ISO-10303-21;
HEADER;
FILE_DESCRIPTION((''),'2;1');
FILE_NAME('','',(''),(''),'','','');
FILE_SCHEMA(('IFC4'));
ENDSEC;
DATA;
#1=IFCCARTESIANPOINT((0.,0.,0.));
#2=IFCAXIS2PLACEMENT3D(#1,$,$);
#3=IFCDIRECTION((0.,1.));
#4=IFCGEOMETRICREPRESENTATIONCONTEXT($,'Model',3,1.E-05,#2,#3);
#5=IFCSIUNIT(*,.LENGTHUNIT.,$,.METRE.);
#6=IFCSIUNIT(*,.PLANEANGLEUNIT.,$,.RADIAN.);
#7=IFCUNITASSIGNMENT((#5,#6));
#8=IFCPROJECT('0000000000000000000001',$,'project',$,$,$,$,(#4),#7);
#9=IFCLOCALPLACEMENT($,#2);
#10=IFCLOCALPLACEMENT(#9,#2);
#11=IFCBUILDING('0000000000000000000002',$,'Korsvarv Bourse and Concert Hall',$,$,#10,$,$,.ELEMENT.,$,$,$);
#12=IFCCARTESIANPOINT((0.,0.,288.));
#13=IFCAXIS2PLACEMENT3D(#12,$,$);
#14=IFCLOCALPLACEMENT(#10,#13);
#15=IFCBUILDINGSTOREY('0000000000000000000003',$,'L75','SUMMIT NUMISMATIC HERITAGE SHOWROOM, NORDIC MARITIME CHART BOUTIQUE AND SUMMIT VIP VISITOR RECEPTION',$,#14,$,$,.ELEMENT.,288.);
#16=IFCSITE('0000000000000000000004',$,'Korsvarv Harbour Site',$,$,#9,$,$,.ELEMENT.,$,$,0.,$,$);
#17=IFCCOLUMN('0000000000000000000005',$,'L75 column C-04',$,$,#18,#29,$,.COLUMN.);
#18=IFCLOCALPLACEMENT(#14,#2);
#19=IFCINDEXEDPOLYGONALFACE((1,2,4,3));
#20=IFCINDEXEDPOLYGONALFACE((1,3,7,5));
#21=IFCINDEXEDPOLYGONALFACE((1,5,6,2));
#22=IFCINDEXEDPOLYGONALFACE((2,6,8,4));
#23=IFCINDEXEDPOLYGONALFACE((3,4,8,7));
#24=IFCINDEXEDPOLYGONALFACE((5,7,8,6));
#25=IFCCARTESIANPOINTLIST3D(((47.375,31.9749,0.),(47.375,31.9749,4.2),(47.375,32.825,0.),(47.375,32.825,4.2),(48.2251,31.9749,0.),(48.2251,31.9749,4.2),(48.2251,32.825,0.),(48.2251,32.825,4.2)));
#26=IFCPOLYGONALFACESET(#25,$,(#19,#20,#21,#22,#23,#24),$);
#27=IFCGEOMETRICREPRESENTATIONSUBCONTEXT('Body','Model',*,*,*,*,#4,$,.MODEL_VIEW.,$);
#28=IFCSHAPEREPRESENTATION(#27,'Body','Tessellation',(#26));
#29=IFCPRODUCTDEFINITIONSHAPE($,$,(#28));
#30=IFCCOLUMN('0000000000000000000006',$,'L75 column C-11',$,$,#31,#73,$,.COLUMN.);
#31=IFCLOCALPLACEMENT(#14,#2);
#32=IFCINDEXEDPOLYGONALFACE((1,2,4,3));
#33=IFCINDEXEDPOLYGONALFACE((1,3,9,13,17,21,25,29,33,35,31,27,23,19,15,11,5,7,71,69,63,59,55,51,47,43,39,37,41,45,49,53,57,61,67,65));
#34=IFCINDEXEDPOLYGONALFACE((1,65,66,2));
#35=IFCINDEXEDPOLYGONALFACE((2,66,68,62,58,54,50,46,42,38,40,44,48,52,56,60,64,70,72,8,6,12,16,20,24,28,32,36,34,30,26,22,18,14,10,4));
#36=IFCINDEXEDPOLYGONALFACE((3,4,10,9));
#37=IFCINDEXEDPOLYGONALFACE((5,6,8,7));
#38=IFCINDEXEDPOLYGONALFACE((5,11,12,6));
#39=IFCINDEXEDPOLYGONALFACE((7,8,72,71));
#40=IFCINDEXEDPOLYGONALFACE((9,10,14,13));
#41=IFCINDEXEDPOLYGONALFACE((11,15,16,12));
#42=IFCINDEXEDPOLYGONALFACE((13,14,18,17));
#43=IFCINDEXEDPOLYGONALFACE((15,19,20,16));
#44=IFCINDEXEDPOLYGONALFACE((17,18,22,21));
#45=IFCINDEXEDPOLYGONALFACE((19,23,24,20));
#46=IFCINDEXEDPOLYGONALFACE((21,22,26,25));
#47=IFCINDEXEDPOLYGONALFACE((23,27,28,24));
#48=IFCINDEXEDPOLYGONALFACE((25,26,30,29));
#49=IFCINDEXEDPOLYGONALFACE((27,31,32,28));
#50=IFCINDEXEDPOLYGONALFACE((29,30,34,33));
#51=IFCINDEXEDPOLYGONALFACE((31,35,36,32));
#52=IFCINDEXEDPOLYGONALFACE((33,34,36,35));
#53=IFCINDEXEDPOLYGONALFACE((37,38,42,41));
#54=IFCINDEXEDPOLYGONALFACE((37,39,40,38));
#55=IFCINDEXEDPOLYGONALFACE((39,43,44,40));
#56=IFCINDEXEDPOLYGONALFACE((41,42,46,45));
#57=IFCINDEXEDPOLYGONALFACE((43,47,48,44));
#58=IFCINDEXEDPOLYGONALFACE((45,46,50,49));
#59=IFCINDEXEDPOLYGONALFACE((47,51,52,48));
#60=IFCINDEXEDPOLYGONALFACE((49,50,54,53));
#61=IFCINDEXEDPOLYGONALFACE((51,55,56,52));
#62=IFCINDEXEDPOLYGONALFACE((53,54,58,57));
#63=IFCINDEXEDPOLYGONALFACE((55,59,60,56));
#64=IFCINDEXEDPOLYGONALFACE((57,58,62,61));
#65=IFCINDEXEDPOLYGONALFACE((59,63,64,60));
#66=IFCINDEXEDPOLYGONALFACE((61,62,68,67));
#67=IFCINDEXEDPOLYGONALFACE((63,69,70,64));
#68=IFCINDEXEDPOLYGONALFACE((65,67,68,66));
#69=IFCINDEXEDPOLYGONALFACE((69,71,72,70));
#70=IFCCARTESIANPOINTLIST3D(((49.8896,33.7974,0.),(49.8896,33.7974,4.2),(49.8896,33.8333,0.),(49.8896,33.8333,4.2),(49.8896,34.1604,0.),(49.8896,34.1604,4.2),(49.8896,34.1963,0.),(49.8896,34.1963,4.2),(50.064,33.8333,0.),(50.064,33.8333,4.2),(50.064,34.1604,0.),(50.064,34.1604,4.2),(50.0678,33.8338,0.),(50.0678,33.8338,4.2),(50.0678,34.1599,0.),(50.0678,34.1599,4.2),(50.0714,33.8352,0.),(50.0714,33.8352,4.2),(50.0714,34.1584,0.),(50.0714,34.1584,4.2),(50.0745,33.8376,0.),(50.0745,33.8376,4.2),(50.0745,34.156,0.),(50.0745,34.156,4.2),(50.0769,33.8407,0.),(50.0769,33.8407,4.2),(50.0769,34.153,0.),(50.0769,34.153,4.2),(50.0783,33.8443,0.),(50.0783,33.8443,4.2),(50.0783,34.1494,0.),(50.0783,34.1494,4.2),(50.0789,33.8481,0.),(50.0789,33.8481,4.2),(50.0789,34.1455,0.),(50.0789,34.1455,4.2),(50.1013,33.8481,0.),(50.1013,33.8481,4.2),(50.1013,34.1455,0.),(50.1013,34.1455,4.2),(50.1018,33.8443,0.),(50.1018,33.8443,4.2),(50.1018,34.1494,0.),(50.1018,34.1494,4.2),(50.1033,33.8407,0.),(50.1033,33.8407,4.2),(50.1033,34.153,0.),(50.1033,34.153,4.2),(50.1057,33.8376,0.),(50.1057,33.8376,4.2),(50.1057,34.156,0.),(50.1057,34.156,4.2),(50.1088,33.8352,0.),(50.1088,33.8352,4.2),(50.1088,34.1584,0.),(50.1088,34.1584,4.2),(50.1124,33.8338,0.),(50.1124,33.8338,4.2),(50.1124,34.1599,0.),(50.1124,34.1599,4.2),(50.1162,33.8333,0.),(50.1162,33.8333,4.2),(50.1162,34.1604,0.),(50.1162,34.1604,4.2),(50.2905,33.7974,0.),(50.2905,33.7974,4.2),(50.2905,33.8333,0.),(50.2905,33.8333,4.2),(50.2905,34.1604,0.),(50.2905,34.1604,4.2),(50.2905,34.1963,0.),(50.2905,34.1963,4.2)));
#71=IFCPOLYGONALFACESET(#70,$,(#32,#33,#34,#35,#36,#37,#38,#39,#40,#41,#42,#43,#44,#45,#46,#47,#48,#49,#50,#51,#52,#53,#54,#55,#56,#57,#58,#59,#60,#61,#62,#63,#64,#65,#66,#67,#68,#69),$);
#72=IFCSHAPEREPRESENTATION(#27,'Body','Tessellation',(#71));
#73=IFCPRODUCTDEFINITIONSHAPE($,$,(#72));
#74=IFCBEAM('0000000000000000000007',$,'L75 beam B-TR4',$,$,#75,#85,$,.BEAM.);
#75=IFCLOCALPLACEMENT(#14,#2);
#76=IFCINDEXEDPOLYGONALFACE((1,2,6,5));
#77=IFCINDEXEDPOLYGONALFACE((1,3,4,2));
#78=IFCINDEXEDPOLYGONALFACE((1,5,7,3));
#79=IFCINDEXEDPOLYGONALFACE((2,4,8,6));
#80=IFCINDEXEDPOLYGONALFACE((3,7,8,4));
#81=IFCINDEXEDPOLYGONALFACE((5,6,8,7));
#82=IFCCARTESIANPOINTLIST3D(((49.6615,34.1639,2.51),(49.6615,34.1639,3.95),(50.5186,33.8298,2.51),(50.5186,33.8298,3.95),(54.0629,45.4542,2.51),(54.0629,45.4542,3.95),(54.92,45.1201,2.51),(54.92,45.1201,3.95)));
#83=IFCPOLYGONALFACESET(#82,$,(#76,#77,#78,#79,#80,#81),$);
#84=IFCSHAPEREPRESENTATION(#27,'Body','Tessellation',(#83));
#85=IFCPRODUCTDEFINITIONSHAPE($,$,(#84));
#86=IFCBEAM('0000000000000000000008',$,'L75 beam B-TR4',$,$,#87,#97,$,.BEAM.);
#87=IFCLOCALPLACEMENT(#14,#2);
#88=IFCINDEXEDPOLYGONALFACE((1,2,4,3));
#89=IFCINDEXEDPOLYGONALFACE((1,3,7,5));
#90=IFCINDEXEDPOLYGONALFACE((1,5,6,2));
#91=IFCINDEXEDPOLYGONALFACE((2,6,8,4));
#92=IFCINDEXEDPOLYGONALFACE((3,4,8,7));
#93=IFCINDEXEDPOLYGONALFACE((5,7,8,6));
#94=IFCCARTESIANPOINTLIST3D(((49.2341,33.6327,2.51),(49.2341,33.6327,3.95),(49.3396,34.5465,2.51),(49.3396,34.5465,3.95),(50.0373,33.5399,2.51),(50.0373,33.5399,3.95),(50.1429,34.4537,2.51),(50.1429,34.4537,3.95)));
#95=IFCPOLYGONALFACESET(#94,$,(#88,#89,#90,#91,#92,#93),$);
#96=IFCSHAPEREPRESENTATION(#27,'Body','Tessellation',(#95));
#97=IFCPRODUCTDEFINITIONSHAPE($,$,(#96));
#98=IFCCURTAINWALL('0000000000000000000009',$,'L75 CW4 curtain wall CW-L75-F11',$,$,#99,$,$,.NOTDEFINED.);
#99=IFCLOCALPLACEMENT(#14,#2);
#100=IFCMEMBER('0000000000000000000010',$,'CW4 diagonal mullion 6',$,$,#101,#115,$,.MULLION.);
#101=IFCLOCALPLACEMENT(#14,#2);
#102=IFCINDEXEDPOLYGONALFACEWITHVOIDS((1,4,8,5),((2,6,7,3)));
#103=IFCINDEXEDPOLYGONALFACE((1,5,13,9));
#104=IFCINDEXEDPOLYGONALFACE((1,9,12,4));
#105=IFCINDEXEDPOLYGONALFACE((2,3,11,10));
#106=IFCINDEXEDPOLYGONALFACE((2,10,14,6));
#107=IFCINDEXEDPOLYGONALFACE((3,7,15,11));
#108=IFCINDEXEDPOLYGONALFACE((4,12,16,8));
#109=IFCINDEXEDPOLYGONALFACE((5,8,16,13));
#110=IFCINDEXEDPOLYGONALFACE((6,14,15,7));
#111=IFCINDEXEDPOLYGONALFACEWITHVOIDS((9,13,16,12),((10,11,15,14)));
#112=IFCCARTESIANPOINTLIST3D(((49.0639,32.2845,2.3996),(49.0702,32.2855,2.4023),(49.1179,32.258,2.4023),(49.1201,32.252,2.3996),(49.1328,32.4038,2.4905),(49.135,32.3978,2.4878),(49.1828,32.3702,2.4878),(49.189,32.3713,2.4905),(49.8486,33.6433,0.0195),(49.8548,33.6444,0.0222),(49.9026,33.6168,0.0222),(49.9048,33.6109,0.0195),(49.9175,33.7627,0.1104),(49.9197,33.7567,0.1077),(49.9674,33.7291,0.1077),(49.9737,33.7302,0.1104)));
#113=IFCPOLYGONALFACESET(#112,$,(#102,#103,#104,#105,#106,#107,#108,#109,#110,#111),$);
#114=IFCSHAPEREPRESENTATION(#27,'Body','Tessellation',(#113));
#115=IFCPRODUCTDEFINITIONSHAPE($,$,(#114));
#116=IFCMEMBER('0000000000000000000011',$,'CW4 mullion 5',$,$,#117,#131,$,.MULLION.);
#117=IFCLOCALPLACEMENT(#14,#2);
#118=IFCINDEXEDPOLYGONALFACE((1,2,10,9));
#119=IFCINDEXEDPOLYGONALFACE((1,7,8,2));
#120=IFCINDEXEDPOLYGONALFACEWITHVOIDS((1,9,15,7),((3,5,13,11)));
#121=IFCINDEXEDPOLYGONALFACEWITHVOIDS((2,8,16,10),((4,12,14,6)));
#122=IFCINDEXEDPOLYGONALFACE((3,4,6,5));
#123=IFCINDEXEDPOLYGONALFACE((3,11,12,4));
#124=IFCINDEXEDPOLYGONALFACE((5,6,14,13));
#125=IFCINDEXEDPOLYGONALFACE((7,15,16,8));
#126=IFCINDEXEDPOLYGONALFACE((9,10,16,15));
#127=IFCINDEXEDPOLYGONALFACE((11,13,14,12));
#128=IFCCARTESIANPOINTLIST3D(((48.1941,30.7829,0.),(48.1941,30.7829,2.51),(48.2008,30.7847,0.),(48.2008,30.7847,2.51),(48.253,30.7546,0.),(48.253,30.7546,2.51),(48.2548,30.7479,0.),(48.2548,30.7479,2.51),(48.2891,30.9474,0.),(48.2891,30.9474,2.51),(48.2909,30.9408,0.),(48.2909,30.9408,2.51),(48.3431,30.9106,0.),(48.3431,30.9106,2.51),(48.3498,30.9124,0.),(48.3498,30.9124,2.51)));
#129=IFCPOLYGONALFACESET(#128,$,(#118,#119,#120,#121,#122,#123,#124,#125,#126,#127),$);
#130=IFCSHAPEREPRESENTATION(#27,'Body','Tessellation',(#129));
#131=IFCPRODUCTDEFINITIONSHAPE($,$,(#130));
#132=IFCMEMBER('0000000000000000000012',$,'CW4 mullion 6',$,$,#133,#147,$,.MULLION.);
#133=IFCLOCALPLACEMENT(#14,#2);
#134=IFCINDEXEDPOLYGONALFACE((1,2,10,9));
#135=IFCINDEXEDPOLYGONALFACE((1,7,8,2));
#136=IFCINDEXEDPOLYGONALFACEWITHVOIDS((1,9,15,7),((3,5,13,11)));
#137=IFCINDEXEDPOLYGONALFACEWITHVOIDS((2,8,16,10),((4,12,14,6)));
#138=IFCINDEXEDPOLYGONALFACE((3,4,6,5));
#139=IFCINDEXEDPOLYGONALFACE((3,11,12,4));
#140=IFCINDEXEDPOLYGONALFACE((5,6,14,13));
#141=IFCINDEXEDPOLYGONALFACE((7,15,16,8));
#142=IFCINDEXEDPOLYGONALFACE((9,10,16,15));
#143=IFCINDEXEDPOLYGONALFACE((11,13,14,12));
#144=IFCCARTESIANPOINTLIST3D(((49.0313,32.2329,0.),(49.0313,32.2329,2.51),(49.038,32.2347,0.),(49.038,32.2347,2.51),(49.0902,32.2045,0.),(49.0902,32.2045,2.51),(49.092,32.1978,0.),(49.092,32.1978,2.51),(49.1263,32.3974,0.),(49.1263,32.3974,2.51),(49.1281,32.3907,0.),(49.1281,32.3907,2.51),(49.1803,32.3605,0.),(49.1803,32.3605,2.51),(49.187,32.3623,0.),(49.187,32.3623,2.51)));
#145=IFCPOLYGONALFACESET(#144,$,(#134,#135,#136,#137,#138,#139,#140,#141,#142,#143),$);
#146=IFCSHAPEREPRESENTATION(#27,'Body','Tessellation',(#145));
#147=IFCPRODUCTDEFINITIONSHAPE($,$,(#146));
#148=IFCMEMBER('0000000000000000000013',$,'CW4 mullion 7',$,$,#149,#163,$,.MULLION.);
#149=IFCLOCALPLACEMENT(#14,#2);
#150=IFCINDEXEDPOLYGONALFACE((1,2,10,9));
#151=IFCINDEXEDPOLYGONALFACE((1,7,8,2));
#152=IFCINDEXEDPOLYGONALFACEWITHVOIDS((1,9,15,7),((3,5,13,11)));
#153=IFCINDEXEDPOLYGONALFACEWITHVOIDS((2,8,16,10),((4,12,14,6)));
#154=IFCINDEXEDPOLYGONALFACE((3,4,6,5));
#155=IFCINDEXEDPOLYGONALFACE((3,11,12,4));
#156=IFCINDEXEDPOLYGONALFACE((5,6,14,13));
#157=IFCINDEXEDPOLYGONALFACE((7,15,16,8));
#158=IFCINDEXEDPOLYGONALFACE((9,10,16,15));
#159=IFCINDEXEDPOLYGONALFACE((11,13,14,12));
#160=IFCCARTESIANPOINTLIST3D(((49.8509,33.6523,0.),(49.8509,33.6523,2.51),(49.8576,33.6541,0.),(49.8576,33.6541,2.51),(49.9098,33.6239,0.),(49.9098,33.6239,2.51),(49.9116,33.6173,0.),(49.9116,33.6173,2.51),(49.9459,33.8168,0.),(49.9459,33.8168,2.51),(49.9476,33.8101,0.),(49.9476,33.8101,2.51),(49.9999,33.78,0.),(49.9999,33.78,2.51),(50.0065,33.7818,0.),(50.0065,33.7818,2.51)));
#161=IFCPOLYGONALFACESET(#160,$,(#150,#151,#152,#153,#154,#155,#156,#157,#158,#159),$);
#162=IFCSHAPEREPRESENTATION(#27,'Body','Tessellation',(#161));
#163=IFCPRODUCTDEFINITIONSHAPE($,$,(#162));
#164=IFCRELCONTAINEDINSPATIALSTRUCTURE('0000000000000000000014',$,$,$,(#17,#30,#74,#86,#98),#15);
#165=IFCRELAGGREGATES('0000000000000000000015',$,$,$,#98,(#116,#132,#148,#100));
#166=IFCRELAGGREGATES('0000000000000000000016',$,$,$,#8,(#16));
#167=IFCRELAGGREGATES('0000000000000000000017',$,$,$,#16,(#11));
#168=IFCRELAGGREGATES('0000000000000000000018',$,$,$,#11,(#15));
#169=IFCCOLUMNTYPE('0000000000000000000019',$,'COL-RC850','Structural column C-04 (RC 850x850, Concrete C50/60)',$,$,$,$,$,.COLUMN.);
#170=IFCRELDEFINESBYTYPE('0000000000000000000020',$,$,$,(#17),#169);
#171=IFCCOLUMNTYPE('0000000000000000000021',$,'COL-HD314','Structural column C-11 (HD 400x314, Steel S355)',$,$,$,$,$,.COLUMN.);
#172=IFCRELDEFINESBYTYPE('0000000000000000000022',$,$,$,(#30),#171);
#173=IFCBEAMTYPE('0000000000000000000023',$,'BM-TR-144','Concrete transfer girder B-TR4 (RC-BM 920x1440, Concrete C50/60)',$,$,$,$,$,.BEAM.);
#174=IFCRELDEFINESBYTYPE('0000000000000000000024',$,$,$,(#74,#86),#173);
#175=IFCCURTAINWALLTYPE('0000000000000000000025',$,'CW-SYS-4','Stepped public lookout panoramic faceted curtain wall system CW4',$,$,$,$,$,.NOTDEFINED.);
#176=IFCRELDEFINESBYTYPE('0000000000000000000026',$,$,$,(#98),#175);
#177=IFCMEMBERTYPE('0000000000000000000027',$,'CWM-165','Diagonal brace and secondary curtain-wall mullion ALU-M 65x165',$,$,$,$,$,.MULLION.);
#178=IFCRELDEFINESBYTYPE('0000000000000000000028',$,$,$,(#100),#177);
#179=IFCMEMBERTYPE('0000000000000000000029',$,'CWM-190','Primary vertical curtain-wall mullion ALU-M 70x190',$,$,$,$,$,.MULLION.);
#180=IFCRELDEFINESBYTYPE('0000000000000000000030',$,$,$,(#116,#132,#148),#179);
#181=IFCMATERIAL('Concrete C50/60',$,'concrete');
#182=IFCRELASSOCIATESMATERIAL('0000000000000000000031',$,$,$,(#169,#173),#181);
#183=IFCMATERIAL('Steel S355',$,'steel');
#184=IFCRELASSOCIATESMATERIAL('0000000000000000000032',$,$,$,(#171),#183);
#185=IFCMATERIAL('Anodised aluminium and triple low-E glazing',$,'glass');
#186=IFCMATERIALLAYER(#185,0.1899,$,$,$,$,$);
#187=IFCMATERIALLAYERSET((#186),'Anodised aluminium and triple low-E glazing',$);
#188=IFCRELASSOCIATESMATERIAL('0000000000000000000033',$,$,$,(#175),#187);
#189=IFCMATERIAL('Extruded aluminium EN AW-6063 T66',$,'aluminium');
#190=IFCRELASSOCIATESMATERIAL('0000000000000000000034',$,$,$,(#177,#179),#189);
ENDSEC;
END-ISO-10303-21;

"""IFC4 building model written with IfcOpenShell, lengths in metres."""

from ifc_helpers import new_model, si_unit, direction, frame, origin, origin_2d, place, context, subcontext, project, spatial, rectangle, hollow_rectangle, i_section, extrude, source, transform, mapped, material, layer, layer_set, material_profile, profile_set, type_object, element, aggregate, save


model = new_model("IFC4")

# Units and contexts
model_context = context("Model", 3, precision=1e-05, world=origin(), true_north=direction((0.0, 1.0)))
body_context = subcontext(model_context, "Body", "Model", "MODEL_VIEW")
ifc_project = project(units=[si_unit("LENGTHUNIT", "METRE"), si_unit("PLANEANGLEUNIT", "RADIAN")], contexts=[model_context])

# Site, building, storey
site_placement = place(None, origin())
site = spatial("IfcSite", under=ifc_project, at=site_placement, Name="Korsvarv Harbour Site", CompositionType="ELEMENT", RefElevation=0.0)
building_placement = place(site_placement, origin())
building = spatial("IfcBuilding", under=site, at=building_placement, Name="Korsvarv Bourse and Concert Hall", CompositionType="ELEMENT")
storey_placement = place(building_placement, frame((0.0, 0.0, 288.0)))
storey = spatial("IfcBuildingStorey", under=building, at=storey_placement, Name="L75", Description="SUMMIT NUMISMATIC HERITAGE SHOWROOM, NORDIC MARITIME CHART BOUTIQUE AND SUMMIT VIP VISITOR RECEPTION", CompositionType="ELEMENT", Elevation=288.0)

# Columns
ifc_material_1 = material(Name="Concrete C50/60", Category="concrete")
ifc_material_profile_1 = material_profile(ifc_material_1, rectangle(XDim=0.8501, YDim=0.8501, at=origin_2d()), Name="RC 850x850")
ifc_profile_set_1 = profile_set([ifc_material_profile_1], Name="Concrete C50/60")
column_type_1 = type_object("IfcColumnType", Name="COL-RC850", Description="Structural column C-04 (RC 850x850, Concrete C50/60)", PredefinedType="COLUMN", material=ifc_profile_set_1)
shared_shape_1 = source(origin(), body_context, "Body", "SweptSolid", [
    extrude(rectangle(XDim=0.8501, YDim=0.8501, at=origin_2d()), origin(), (0.0, 0.0, 1.0), 4.2),
])
column_1_placement = place(storey_placement, frame((47.8, 32.3999, 0.0), z_axis=(0.0, 0.0, 1.0), x_axis=(1.0, 0.0, 0.0)))
element("IfcColumn", 1, at=column_1_placement, inside=storey, type_object=column_type_1, Name="L75 column C-04", PredefinedType="COLUMN", context=body_context, shape_type="MappedRepresentation", body=[
    mapped(shared_shape_1, transform((0.0, 0.0, 0.0), scale=1.0)),
])
ifc_material_2 = material(Name="Steel S355", Category="steel")
ifc_material_profile_2 = material_profile(ifc_material_2, i_section(OverallWidth=0.4009, OverallDepth=0.3989, WebThickness=0.0225, FlangeThickness=0.0359, FilletRadius=0.0149, at=origin_2d()), Name="HD 400x314")
ifc_profile_set_2 = profile_set([ifc_material_profile_2], Name="Steel S355")
column_type_2 = type_object("IfcColumnType", Name="COL-HD314", Description="Structural column C-11 (HD 400x314, Steel S355)", PredefinedType="COLUMN", material=ifc_profile_set_2)
shared_shape_2 = source(origin(), body_context, "Body", "SweptSolid", [
    extrude(i_section(OverallWidth=0.4009, OverallDepth=0.3989, WebThickness=0.0225, FlangeThickness=0.0359, FilletRadius=0.0149, at=origin_2d()), origin(), (0.0, 0.0, 1.0), 4.2),
])
column_2_placement = place(storey_placement, frame((50.0901, 33.9968, 0.0), z_axis=(0.0, 0.0, 1.0), x_axis=(1.0, 0.0, 0.0)))
element("IfcColumn", 2, at=column_2_placement, inside=storey, type_object=column_type_2, Name="L75 column C-11", PredefinedType="COLUMN", context=body_context, shape_type="MappedRepresentation", body=[
    mapped(shared_shape_2, transform((0.0, 0.0, 0.0), scale=1.0)),
])

# Beams
ifc_material_profile_3 = material_profile(ifc_material_1, rectangle(XDim=0.9199, YDim=1.4399, at=origin_2d()), Name="RC-BM 920x1440")
ifc_profile_set_3 = profile_set([ifc_material_profile_3], Name="Concrete C50/60")
beam_type = type_object("IfcBeamType", Name="BM-TR-144", Description="Concrete transfer girder B-TR4 (RC-BM 920x1440, Concrete C50/60)", PredefinedType="BEAM", material=ifc_profile_set_3)
shared_shape_3 = source(origin(), body_context, "Body", "SweptSolid", [
    extrude(rectangle(XDim=0.9199, YDim=1.4399, at=origin_2d()), origin(), (0.0, 0.0, 1.0), 12.1179),
])
beam_1_placement = place(storey_placement, frame((50.0901, 33.9968, 3.23), z_axis=(0.363213, 0.931706, 0.0), x_axis=(-0.931706, 0.363213, 0.0)))
element("IfcBeam", 3, at=beam_1_placement, inside=storey, type_object=beam_type, Name="L75 beam B-TR4", PredefinedType="BEAM", context=body_context, shape_type="MappedRepresentation", body=[
    mapped(shared_shape_3, transform((0.0, 0.0, 0.0), scale=1.0)),
])
shared_shape_4 = source(origin(), body_context, "Body", "SweptSolid", [
    extrude(rectangle(XDim=0.9199, YDim=1.4399, at=origin_2d()), origin(), (0.0, 0.0, 1.0), 0.8086),
])
beam_2_placement = place(storey_placement, frame((50.0901, 33.9968, 3.23), z_axis=(-0.993396, 0.114739, 0.0), x_axis=(-0.114739, -0.993396, 0.0)))
element("IfcBeam", 4, at=beam_2_placement, inside=storey, type_object=beam_type, Name="L75 beam B-TR4", PredefinedType="BEAM", context=body_context, shape_type="MappedRepresentation", body=[
    mapped(shared_shape_4, transform((0.0, 0.0, 0.0), scale=1.0)),
])

# Curtain wall, members
ifc_material_3 = material(Name="Anodised aluminium and triple low-E glazing", Category="glass")
ifc_layer_1 = layer(ifc_material_3, 0.1899)
ifc_layer_set_1 = layer_set([ifc_layer_1], Name="Anodised aluminium and triple low-E glazing")
curtain_wall_type = type_object("IfcCurtainWallType", Name="CW-SYS-4", Description="Stepped public lookout panoramic faceted curtain wall system CW4", PredefinedType="NOTDEFINED", material=ifc_layer_set_1)
curtain_wall_placement = place(storey_placement, origin())
curtain_wall = element("IfcCurtainWall", 5, at=curtain_wall_placement, inside=storey, type_object=curtain_wall_type, Name="L75 CW4 curtain wall CW-L75-F11", PredefinedType="NOTDEFINED")
ifc_material_4 = material(Name="Extruded aluminium EN AW-6063 T66", Category="aluminium")
ifc_material_profile_4 = material_profile(ifc_material_4, hollow_rectangle(XDim=0.0649, YDim=0.165, WallThickness=0.0049, at=origin_2d()), Name="ALU-M 65x165")
ifc_profile_set_4 = profile_set([ifc_material_profile_4], Name="Extruded aluminium EN AW-6063 T66")
member_type_1 = type_object("IfcMemberType", Name="CWM-165", Description="Diagonal brace and secondary curtain-wall mullion ALU-M 65x165", PredefinedType="MULLION", material=ifc_profile_set_4)
shared_shape_5 = source(origin(), body_context, "Body", "SweptSolid", [
    extrude(hollow_rectangle(XDim=0.0649, YDim=0.165, WallThickness=0.0049, at=origin_2d()), origin(), (0.0, 0.0, 1.0), 2.8508),
])
member_1_placement = place(storey_placement, frame((49.9111, 33.6868, 0.0649), z_axis=(-0.275241, -0.476662, 0.834887), x_axis=(0.865994, -0.500055, 0.0)))
member_1 = element("IfcMember", 6, at=member_1_placement, type_object=member_type_1, Name="CW4 diagonal mullion 6", PredefinedType="MULLION", context=body_context, shape_type="MappedRepresentation", body=[
    mapped(shared_shape_5, transform((0.0, 0.0, 0.0), scale=1.0)),
])
ifc_material_profile_5 = material_profile(ifc_material_4, hollow_rectangle(XDim=0.0701, YDim=0.1899, WallThickness=0.0049, at=origin_2d()), Name="ALU-M 70x190")
ifc_profile_set_5 = profile_set([ifc_material_profile_5], Name="Extruded aluminium EN AW-6063 T66")
member_type_2 = type_object("IfcMemberType", Name="CWM-190", Description="Primary vertical curtain-wall mullion ALU-M 70x190", PredefinedType="MULLION", material=ifc_profile_set_5)
shared_shape_6 = source(origin(), body_context, "Body", "SweptSolid", [
    extrude(hollow_rectangle(XDim=0.0701, YDim=0.1899, WallThickness=0.0049, at=origin_2d()), origin(), (0.0, 0.0, 1.0), 2.51),
])
member_2_placement = place(storey_placement, frame((48.272, 30.8477, 0.0), z_axis=(0.0, 0.0, 1.0), x_axis=(-0.866023, 0.500005, 0.0)))
member_2 = element("IfcMember", 7, at=member_2_placement, type_object=member_type_2, Name="CW4 mullion 5", PredefinedType="MULLION", context=body_context, shape_type="MappedRepresentation", body=[
    mapped(shared_shape_6, transform((0.0, 0.0, 0.0), scale=1.0)),
])
member_3_placement = place(storey_placement, frame((49.1091, 32.2976, 0.0), z_axis=(0.0, 0.0, 1.0), x_axis=(-0.866023, 0.500005, 0.0)))
member_3 = element("IfcMember", 8, at=member_3_placement, type_object=member_type_2, Name="CW4 mullion 6", PredefinedType="MULLION", context=body_context, shape_type="MappedRepresentation", body=[
    mapped(shared_shape_6, transform((0.0, 0.0, 0.0), scale=1.0)),
])
member_4_placement = place(storey_placement, frame((49.9287, 33.717, 0.0), z_axis=(0.0, 0.0, 1.0), x_axis=(-0.866023, 0.500005, 0.0)))
member_4 = element("IfcMember", 9, at=member_4_placement, type_object=member_type_2, Name="CW4 mullion 7", PredefinedType="MULLION", context=body_context, shape_type="MappedRepresentation", body=[
    mapped(shared_shape_6, transform((0.0, 0.0, 0.0), scale=1.0)),
])
aggregate(curtain_wall, [member_2, member_3, member_4, member_1])

save(model, "model.ifc")
